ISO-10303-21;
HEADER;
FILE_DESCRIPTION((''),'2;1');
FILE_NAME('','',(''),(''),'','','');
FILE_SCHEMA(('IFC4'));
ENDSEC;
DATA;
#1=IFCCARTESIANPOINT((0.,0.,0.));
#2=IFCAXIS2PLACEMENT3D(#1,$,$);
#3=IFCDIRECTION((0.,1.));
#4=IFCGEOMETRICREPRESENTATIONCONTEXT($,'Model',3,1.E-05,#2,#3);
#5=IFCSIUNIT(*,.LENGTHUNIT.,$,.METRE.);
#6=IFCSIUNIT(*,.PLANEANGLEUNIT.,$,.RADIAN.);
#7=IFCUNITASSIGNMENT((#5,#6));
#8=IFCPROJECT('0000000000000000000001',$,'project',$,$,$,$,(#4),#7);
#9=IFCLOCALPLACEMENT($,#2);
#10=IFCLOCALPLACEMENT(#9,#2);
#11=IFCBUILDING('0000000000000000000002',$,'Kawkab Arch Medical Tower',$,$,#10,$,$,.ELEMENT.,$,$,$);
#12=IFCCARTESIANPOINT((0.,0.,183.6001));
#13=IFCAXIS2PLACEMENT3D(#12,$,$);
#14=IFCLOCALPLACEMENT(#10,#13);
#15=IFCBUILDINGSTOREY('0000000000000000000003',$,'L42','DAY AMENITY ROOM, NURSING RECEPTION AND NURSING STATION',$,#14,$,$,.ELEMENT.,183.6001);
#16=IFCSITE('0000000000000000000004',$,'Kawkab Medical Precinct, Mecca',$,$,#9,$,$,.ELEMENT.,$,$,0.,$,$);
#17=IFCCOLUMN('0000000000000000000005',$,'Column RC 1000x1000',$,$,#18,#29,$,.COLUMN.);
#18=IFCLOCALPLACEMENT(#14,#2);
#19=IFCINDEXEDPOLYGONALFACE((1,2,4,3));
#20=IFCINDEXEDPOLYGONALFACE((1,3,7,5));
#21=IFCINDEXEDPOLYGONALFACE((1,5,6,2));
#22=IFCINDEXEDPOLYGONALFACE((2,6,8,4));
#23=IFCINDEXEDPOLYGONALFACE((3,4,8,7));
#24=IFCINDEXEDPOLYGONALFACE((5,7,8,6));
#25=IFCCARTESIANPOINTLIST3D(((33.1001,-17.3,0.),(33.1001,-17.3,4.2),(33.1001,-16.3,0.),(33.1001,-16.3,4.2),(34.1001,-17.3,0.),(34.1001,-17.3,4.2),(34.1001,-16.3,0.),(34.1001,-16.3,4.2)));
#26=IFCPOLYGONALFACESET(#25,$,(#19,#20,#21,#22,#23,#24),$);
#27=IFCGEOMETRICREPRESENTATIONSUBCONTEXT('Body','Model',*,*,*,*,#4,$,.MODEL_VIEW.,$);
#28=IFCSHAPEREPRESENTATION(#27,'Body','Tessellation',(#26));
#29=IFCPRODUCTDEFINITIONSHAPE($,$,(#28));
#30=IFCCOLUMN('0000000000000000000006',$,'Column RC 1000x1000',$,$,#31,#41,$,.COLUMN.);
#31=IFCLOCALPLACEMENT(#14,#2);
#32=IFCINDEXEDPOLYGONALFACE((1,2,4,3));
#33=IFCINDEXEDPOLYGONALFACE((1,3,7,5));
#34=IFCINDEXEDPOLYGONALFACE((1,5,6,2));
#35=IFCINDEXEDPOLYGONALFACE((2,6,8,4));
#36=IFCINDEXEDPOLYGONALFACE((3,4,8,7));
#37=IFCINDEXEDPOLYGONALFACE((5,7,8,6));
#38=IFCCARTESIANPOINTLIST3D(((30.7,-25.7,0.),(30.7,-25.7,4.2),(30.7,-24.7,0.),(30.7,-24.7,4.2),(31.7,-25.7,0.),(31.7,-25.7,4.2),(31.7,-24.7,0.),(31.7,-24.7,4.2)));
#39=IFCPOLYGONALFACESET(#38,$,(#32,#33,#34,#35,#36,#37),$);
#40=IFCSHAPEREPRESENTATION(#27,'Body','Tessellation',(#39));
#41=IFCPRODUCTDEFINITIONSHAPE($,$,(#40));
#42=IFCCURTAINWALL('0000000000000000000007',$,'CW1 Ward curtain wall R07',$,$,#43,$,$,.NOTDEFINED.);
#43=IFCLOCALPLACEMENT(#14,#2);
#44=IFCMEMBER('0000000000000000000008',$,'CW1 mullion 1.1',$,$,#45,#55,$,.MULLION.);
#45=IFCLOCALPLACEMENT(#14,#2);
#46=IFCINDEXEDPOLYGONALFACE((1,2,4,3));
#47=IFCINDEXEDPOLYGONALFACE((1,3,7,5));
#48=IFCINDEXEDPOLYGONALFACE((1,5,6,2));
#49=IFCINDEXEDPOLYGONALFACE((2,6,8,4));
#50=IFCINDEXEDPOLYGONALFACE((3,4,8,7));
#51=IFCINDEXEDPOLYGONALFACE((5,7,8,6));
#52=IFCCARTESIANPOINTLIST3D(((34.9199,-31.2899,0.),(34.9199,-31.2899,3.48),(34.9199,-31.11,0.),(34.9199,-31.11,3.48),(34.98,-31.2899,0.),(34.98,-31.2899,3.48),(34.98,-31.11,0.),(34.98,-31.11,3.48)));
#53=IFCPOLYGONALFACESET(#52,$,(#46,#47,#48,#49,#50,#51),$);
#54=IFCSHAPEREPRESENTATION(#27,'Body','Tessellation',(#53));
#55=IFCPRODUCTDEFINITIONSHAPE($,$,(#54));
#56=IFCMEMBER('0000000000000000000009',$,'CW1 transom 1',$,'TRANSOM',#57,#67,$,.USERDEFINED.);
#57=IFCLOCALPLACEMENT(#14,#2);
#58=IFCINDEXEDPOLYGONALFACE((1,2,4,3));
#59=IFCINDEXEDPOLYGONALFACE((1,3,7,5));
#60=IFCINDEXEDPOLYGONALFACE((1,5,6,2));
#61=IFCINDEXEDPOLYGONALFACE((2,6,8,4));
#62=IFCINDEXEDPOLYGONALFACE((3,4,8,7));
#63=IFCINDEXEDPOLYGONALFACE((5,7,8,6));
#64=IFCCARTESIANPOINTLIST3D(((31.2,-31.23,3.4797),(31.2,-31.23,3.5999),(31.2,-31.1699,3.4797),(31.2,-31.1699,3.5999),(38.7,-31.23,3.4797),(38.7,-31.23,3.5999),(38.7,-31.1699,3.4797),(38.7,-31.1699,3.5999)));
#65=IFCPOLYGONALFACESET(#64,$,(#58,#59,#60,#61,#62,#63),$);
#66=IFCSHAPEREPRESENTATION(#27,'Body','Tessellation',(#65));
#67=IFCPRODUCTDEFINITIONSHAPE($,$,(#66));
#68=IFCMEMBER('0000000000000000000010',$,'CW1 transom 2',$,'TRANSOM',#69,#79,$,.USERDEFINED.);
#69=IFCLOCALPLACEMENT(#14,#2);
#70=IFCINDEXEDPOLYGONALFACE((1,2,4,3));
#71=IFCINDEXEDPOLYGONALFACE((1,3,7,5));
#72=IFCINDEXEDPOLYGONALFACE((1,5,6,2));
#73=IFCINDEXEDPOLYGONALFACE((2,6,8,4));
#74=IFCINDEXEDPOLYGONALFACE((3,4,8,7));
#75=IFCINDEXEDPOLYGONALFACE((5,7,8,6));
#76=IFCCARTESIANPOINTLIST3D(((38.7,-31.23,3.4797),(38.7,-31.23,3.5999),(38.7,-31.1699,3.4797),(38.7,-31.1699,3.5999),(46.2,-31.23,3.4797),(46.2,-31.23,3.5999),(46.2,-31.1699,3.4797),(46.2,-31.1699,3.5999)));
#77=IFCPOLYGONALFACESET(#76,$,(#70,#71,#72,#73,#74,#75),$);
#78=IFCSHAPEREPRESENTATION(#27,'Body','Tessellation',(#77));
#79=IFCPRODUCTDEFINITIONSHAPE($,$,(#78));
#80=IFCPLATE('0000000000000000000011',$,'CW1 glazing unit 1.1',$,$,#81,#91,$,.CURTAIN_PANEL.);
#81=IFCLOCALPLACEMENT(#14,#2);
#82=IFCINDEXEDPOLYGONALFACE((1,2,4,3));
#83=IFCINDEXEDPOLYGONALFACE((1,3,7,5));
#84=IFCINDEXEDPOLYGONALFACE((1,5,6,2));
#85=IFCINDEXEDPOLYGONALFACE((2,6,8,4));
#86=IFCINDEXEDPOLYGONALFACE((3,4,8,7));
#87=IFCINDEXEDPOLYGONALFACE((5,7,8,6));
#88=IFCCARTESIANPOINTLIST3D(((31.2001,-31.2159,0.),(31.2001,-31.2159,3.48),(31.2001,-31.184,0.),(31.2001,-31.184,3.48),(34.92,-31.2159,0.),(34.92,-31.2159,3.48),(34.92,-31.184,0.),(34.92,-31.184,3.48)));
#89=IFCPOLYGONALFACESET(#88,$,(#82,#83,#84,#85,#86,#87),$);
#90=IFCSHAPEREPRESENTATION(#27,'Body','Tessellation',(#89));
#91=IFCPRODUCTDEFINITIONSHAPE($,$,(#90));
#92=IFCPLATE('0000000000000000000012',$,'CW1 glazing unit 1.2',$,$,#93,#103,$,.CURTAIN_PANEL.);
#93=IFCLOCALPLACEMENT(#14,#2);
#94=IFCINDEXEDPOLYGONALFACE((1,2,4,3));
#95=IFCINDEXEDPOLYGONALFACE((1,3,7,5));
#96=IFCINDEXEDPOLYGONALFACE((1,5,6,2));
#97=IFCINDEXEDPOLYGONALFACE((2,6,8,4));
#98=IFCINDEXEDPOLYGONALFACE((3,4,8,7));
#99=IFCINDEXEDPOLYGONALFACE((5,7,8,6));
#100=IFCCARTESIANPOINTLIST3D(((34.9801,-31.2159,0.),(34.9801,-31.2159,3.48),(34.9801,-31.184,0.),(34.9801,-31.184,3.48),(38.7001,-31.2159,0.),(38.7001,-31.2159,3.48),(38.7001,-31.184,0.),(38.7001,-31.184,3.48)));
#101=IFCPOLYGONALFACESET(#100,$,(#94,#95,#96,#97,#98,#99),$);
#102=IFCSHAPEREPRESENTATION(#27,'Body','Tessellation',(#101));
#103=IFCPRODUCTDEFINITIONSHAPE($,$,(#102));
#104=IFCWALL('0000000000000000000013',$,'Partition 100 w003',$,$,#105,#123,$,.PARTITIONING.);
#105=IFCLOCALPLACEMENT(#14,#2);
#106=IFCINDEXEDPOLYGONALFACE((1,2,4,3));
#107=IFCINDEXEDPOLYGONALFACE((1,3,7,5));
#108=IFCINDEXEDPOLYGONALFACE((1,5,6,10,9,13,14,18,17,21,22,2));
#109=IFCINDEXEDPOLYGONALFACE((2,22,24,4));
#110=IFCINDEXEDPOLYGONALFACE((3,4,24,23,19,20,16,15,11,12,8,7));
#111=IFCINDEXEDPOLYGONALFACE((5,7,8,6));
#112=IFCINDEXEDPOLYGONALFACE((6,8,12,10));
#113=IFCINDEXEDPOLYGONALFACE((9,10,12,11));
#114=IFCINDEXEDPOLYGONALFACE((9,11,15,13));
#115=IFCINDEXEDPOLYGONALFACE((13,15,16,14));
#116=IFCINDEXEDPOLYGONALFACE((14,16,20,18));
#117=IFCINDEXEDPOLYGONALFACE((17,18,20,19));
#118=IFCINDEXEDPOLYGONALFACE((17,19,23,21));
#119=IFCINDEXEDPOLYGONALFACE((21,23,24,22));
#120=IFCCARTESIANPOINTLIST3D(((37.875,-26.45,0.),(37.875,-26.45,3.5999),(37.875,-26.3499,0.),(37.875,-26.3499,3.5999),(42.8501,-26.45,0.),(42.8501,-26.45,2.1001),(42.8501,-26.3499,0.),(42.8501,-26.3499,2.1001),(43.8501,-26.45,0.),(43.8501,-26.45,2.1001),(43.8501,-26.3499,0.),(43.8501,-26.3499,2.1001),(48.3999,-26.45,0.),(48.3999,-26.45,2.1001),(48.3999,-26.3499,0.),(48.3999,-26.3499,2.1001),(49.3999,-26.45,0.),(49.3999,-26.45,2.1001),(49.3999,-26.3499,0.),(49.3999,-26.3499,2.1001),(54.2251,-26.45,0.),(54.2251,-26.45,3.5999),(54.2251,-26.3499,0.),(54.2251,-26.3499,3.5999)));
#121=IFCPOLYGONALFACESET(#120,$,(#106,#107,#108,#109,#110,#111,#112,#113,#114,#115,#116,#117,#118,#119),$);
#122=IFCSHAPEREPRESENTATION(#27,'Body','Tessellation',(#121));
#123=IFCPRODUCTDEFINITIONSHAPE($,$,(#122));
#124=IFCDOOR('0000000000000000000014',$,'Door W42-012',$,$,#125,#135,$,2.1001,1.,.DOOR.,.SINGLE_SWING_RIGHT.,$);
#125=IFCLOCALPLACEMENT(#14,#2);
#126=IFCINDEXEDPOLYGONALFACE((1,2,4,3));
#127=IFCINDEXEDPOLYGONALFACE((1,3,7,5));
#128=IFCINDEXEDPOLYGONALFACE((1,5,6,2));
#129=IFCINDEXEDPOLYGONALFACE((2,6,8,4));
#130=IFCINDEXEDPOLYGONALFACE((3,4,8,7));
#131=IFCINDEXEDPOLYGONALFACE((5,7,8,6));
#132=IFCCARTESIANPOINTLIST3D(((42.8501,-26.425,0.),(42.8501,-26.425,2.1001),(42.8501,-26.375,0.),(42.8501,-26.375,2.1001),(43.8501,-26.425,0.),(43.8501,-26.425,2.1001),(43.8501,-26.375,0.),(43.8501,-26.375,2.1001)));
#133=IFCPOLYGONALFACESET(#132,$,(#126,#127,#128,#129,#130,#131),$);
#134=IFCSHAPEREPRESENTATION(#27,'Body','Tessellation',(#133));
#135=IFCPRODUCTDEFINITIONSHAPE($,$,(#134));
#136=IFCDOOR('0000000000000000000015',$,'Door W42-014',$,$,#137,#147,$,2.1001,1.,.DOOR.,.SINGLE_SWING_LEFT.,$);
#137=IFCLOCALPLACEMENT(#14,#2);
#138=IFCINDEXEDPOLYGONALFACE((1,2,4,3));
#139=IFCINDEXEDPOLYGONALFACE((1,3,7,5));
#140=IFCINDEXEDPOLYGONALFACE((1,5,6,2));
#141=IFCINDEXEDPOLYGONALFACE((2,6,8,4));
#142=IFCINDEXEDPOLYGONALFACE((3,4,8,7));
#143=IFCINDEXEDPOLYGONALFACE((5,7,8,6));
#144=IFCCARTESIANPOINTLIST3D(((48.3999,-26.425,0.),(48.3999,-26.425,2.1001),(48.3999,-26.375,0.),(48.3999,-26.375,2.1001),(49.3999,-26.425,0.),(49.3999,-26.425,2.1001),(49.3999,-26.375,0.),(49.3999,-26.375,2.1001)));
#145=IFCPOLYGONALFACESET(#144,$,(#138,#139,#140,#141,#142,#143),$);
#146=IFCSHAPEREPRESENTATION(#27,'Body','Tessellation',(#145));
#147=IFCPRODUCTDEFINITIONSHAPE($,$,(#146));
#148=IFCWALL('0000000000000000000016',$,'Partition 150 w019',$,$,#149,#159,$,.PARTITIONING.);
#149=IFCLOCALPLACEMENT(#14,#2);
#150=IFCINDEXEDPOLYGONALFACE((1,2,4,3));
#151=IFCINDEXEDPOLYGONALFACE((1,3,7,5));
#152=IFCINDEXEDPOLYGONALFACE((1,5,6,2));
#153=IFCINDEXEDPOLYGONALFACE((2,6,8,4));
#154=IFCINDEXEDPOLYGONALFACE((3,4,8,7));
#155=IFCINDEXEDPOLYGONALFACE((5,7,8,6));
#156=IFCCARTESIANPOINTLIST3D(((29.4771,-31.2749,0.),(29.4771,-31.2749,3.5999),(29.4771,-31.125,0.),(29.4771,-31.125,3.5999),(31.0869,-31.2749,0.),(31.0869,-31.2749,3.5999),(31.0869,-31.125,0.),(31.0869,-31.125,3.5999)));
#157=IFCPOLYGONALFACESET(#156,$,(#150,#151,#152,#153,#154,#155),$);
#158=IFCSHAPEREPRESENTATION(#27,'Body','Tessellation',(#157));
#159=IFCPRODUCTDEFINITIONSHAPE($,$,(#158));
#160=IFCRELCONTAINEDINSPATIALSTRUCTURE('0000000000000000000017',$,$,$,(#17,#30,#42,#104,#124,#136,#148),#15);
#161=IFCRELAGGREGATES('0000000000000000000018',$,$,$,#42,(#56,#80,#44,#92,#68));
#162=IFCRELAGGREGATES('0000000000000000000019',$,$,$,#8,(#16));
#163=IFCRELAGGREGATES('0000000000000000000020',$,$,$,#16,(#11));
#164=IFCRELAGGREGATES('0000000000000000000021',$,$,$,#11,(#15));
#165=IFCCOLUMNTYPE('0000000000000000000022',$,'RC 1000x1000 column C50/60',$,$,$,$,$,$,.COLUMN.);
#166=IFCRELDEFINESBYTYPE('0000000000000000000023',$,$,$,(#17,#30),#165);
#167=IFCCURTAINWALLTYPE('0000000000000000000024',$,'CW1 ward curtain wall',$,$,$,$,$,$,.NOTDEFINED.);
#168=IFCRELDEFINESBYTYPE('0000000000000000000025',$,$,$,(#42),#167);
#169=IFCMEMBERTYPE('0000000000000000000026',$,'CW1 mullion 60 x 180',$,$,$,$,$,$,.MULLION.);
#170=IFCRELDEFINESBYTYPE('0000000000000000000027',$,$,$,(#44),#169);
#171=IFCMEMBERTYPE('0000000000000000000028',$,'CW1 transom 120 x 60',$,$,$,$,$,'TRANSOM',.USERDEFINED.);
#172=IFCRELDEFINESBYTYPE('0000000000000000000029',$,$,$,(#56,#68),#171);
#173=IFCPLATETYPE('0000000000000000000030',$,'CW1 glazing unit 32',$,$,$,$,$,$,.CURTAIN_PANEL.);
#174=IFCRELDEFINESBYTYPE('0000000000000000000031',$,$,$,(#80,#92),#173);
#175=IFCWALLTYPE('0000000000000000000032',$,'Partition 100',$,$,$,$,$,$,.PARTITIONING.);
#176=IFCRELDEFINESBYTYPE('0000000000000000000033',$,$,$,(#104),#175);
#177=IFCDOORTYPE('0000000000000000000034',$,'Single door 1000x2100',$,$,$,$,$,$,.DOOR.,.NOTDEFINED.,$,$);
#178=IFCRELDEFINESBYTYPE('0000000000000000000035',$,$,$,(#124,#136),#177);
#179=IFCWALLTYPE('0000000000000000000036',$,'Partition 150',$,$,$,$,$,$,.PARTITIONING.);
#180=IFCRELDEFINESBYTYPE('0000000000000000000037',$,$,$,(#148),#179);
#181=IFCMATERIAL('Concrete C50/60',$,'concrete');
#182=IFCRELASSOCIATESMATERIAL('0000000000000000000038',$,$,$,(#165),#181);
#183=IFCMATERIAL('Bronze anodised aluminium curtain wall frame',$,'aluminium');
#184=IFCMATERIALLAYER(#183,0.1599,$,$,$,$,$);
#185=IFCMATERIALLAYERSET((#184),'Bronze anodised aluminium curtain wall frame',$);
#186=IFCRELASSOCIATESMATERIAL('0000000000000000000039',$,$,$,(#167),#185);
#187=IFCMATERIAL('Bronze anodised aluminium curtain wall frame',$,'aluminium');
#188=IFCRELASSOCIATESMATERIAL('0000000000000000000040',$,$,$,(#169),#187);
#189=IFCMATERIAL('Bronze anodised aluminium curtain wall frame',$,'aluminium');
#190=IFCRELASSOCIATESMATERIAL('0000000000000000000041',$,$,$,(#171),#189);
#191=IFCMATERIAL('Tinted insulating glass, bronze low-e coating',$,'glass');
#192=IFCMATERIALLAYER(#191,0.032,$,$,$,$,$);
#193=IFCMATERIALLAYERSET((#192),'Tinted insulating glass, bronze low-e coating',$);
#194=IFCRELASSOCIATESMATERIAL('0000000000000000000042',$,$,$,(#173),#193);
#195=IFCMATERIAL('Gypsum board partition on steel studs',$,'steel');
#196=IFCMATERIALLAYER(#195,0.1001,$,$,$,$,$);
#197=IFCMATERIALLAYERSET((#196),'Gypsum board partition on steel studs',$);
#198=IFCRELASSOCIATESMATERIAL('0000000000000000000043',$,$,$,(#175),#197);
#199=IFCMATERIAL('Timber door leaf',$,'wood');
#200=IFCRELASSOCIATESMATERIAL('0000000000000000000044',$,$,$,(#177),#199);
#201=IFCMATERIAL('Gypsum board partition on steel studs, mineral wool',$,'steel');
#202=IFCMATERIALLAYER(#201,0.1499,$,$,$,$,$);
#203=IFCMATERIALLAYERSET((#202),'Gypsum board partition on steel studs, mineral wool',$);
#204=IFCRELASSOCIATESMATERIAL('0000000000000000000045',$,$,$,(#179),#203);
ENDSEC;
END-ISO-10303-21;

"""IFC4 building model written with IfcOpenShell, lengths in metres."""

from ifc_helpers import new_model, si_unit, direction, frame, frame_2d, origin, origin_2d, place, context, subcontext, project, spatial, rectangle, extrude, material, layer, layer_set, material_profile, profile_set, type_object, element, fill, aggregate, save


model = new_model("IFC4")

# Units and contexts
model_context = context("Model", 3, precision=1e-05, world=origin(), true_north=direction((0.0, 1.0)))
body_context = subcontext(model_context, "Body", "Model", "MODEL_VIEW")
ifc_project = project(units=[si_unit("LENGTHUNIT", "METRE"), si_unit("PLANEANGLEUNIT", "RADIAN")], contexts=[model_context])

# Site, building, storey
site_placement = place(None, origin())
site = spatial("IfcSite", under=ifc_project, at=site_placement, Name="Kawkab Medical Precinct, Mecca", CompositionType="ELEMENT", RefElevation=0.0)
building_placement = place(site_placement, origin())
building = spatial("IfcBuilding", under=site, at=building_placement, Name="Kawkab Arch Medical Tower", CompositionType="ELEMENT")
storey_placement = place(building_placement, frame((0.0, 0.0, 183.6001)))
storey = spatial("IfcBuildingStorey", under=building, at=storey_placement, Name="L42", Description="DAY AMENITY ROOM, NURSING RECEPTION AND NURSING STATION", CompositionType="ELEMENT", Elevation=183.6001)

# Columns
ifc_material_1 = material(Name="Concrete C50/60", Category="concrete")
ifc_material_profile_1 = material_profile(ifc_material_1, rectangle(XDim=1.0, YDim=1.0, at=origin_2d()), Name="RC 1000x1000")
ifc_profile_set_1 = profile_set([ifc_material_profile_1], Name="Concrete C50/60")
column_type = type_object("IfcColumnType", Name="RC 1000x1000 column C50/60", PredefinedType="COLUMN", material=ifc_profile_set_1)
for number, where, z_axis, x_axis, name in (
    (1, (33.6001, -16.8, 0.0), (0.0, 0.0, 1.0), (1.0, 0.0, 0.0), "Column RC 1000x1000"),
    (2, (31.2, -25.2, 0.0), (0.0, 0.0, 1.0), (1.0, 0.0, 0.0), "Column RC 1000x1000"),
):
    element("IfcColumn", number, at=place(storey_placement, frame(where, z_axis=z_axis, x_axis=x_axis)), inside=storey, type_object=column_type, Name=name, PredefinedType="COLUMN", context=body_context, shape_type="SweptSolid", body=[
        extrude(rectangle(XDim=1.0, YDim=1.0, at=origin_2d()), origin(), (0.0, 0.0, 1.0), 4.2),
    ])

# Curtain wall, members, plates
ifc_material_2 = material(Name="Bronze anodised aluminium curtain wall frame", Category="aluminium")
ifc_layer_1 = layer(ifc_material_2, 0.1599)
ifc_layer_set_1 = layer_set([ifc_layer_1], Name="Bronze anodised aluminium curtain wall frame")
curtain_wall_type = type_object("IfcCurtainWallType", Name="CW1 ward curtain wall", PredefinedType="NOTDEFINED", material=ifc_layer_set_1)
curtain_wall_placement = place(storey_placement, origin())
curtain_wall = element("IfcCurtainWall", 3, at=curtain_wall_placement, inside=storey, type_object=curtain_wall_type, Name="CW1 Ward curtain wall R07", PredefinedType="NOTDEFINED")
ifc_material_3 = material(Name="Bronze anodised aluminium curtain wall frame", Category="aluminium")
ifc_material_profile_2 = material_profile(ifc_material_3, rectangle(XDim=0.1799, YDim=0.0601, at=origin_2d()), Name="AL 60x180")
ifc_profile_set_2 = profile_set([ifc_material_profile_2], Name="Bronze anodised aluminium curtain wall frame")
member_type_1 = type_object("IfcMemberType", Name="CW1 mullion 60 x 180", PredefinedType="MULLION", material=ifc_profile_set_2)
member_1_placement = place(storey_placement, frame((34.95, -31.2, 0.0), z_axis=(0.0, 0.0, 1.0), x_axis=(0.0, 1.0, 0.0)))
member_1 = element("IfcMember", 4, at=member_1_placement, type_object=member_type_1, Name="CW1 mullion 1.1", PredefinedType="MULLION", context=body_context, shape_type="SweptSolid", body=[
    extrude(rectangle(XDim=0.1799, YDim=0.0601, at=origin_2d()), origin(), (0.0, 0.0, 1.0), 3.48),
])
ifc_material_4 = material(Name="Bronze anodised aluminium curtain wall frame", Category="aluminium")
ifc_material_profile_3 = material_profile(ifc_material_4, rectangle(XDim=0.0601, YDim=0.1201, at=origin_2d()), Name="AL 60x120")
ifc_profile_set_3 = profile_set([ifc_material_profile_3], Name="Bronze anodised aluminium curtain wall frame")
member_type_2 = type_object("IfcMemberType", Name="CW1 transom 120 x 60", ElementType="TRANSOM", PredefinedType="USERDEFINED", material=ifc_profile_set_3)
member_2_placement = place(storey_placement, frame((31.2, -31.2, 3.5398), z_axis=(1.0, 0.0, 0.0), x_axis=(0.0, 1.0, 0.0)))
member_2 = element("IfcMember", 5, at=member_2_placement, type_object=member_type_2, Name="CW1 transom 1", ObjectType="TRANSOM", PredefinedType="USERDEFINED", context=body_context, shape_type="SweptSolid", body=[
    extrude(rectangle(XDim=0.0601, YDim=0.1201, at=origin_2d()), origin(), (0.0, 0.0, 1.0), 7.5),
])
member_3_placement = place(storey_placement, frame((38.7, -31.2, 3.5398), z_axis=(1.0, 0.0, 0.0), x_axis=(0.0, 1.0, 0.0)))
member_3 = element("IfcMember", 6, at=member_3_placement, type_object=member_type_2, Name="CW1 transom 2", ObjectType="TRANSOM", PredefinedType="USERDEFINED", context=body_context, shape_type="SweptSolid", body=[
    extrude(rectangle(XDim=0.0601, YDim=0.1201, at=origin_2d()), origin(), (0.0, 0.0, 1.0), 7.5),
])
ifc_material_5 = material(Name="Tinted insulating glass, bronze low-e coating", Category="glass")
ifc_layer_2 = layer(ifc_material_5, 0.032)
ifc_layer_set_2 = layer_set([ifc_layer_2], Name="Tinted insulating glass, bronze low-e coating")
plate_type = type_object("IfcPlateType", Name="CW1 glazing unit 32", PredefinedType="CURTAIN_PANEL", material=ifc_layer_set_2)
plate_1_placement = place(storey_placement, frame((33.0601, -31.2, 0.0), z_axis=(0.0, 0.0, 1.0), x_axis=(1.0, 0.0, 0.0)))
plate_1 = element("IfcPlate", 7, at=plate_1_placement, type_object=plate_type, Name="CW1 glazing unit 1.1", PredefinedType="CURTAIN_PANEL", context=body_context, shape_type="SweptSolid", body=[
    extrude(rectangle(XDim=3.72, YDim=0.032, at=origin_2d()), origin(), (0.0, 0.0, 1.0), 3.48),
])
plate_2_placement = place(storey_placement, frame((36.8401, -31.2, 0.0), z_axis=(0.0, 0.0, 1.0), x_axis=(1.0, 0.0, 0.0)))
plate_2 = element("IfcPlate", 8, at=plate_2_placement, type_object=plate_type, Name="CW1 glazing unit 1.2", PredefinedType="CURTAIN_PANEL", context=body_context, shape_type="SweptSolid", body=[
    extrude(rectangle(XDim=3.72, YDim=0.032, at=origin_2d()), origin(), (0.0, 0.0, 1.0), 3.48),
])
aggregate(curtain_wall, [member_2, plate_1, member_1, plate_2, member_3])

# Wall, openings, doors
ifc_material_6 = material(Name="Gypsum board partition on steel studs", Category="steel")
ifc_layer_3 = layer(ifc_material_6, 0.1001)
ifc_layer_set_3 = layer_set([ifc_layer_3], Name="Gypsum board partition on steel studs")
wall_type_1 = type_object("IfcWallType", Name="Partition 100", PredefinedType="PARTITIONING", material=ifc_layer_set_3)
wall_1_placement = place(storey_placement, frame((37.875, -26.3999, 0.0), z_axis=(0.0, 0.0, 1.0), x_axis=(1.0, 0.0, 0.0)))
wall_1 = element("IfcWall", 9, at=wall_1_placement, inside=storey, type_object=wall_type_1, Name="Partition 100 w003", PredefinedType="PARTITIONING", context=body_context, shape_type="SweptSolid", body=[
    extrude(rectangle(XDim=16.3501, YDim=0.1001, at=frame_2d((8.175, 0.0))), origin(), (0.0, 0.0, 1.0), 3.5999),
])
opening_1_placement = place(wall_1_placement, frame((4.9751, 0.0, 0.0)))
opening_1 = element("IfcOpeningElement", 10, at=opening_1_placement, cuts=wall_1, PredefinedType="OPENING", context=body_context, shape_type="SweptSolid", body=[
    extrude(rectangle(XDim=1.0, YDim=2.1001, at=frame_2d((0.5, 1.05))), frame((0.0, 0.0601, 0.0), z_axis=(0.0, -1.0, 0.0), x_axis=(1.0, 0.0, 0.0)), (0.0, 0.0, 1.0), 0.1201),
])
opening_2_placement = place(wall_1_placement, frame((10.5249, 0.0, 0.0)))
opening_2 = element("IfcOpeningElement", 11, at=opening_2_placement, cuts=wall_1, PredefinedType="OPENING", context=body_context, shape_type="SweptSolid", body=[
    extrude(rectangle(XDim=1.0, YDim=2.1001, at=frame_2d((0.5, 1.05))), frame((0.0, 0.0601, 0.0), z_axis=(0.0, -1.0, 0.0), x_axis=(1.0, 0.0, 0.0)), (0.0, 0.0, 1.0), 0.1201),
])
ifc_material_7 = material(Name="Timber door leaf", Category="wood")
door_type_1 = type_object("IfcDoorType", Name="Single door 1000x2100", OperationType="NOTDEFINED", PredefinedType="DOOR", material=ifc_material_7)
door_1_placement = place(opening_1_placement, origin())
door_1 = element("IfcDoor", 12, at=door_1_placement, inside=storey, type_object=door_type_1, Name="Door W42-012", OperationType="SINGLE_SWING_RIGHT", OverallHeight=2.1001, OverallWidth=1.0, PredefinedType="DOOR", context=body_context, shape_type="SweptSolid", body=[
    extrude(rectangle(XDim=1.0, YDim=2.1001, at=frame_2d((0.5, 1.05))), frame((0.0, 0.0249, 0.0), z_axis=(0.0, -1.0, 0.0), x_axis=(1.0, 0.0, 0.0)), (0.0, 0.0, 1.0), 0.05),
])
fill(opening_1, door_1)
door_2_placement = place(opening_2_placement, origin())
door_2 = element("IfcDoor", 13, at=door_2_placement, inside=storey, type_object=door_type_1, Name="Door W42-014", OperationType="SINGLE_SWING_LEFT", OverallHeight=2.1001, OverallWidth=1.0, PredefinedType="DOOR", context=body_context, shape_type="SweptSolid", body=[
    extrude(rectangle(XDim=1.0, YDim=2.1001, at=frame_2d((0.5, 1.05))), frame((0.0, 0.0249, 0.0), z_axis=(0.0, -1.0, 0.0), x_axis=(1.0, 0.0, 0.0)), (0.0, 0.0, 1.0), 0.05),
])
fill(opening_2, door_2)

# Wall
ifc_material_8 = material(Name="Gypsum board partition on steel studs, mineral wool", Category="steel")
ifc_layer_4 = layer(ifc_material_8, 0.1499)
ifc_layer_set_4 = layer_set([ifc_layer_4], Name="Gypsum board partition on steel studs, mineral wool")
wall_type_2 = type_object("IfcWallType", Name="Partition 150", PredefinedType="PARTITIONING", material=ifc_layer_set_4)
wall_2_placement = place(storey_placement, frame((29.4771, -31.2, 0.0), z_axis=(0.0, 0.0, 1.0), x_axis=(1.0, 0.0, 0.0)))
element("IfcWall", 14, at=wall_2_placement, inside=storey, type_object=wall_type_2, Name="Partition 150 w019", PredefinedType="PARTITIONING", context=body_context, shape_type="SweptSolid", body=[
    extrude(rectangle(XDim=1.6099, YDim=0.1499, at=frame_2d((0.8049, 0.0))), origin(), (0.0, 0.0, 1.0), 3.5999),
])

save(model, "model.ifc")
